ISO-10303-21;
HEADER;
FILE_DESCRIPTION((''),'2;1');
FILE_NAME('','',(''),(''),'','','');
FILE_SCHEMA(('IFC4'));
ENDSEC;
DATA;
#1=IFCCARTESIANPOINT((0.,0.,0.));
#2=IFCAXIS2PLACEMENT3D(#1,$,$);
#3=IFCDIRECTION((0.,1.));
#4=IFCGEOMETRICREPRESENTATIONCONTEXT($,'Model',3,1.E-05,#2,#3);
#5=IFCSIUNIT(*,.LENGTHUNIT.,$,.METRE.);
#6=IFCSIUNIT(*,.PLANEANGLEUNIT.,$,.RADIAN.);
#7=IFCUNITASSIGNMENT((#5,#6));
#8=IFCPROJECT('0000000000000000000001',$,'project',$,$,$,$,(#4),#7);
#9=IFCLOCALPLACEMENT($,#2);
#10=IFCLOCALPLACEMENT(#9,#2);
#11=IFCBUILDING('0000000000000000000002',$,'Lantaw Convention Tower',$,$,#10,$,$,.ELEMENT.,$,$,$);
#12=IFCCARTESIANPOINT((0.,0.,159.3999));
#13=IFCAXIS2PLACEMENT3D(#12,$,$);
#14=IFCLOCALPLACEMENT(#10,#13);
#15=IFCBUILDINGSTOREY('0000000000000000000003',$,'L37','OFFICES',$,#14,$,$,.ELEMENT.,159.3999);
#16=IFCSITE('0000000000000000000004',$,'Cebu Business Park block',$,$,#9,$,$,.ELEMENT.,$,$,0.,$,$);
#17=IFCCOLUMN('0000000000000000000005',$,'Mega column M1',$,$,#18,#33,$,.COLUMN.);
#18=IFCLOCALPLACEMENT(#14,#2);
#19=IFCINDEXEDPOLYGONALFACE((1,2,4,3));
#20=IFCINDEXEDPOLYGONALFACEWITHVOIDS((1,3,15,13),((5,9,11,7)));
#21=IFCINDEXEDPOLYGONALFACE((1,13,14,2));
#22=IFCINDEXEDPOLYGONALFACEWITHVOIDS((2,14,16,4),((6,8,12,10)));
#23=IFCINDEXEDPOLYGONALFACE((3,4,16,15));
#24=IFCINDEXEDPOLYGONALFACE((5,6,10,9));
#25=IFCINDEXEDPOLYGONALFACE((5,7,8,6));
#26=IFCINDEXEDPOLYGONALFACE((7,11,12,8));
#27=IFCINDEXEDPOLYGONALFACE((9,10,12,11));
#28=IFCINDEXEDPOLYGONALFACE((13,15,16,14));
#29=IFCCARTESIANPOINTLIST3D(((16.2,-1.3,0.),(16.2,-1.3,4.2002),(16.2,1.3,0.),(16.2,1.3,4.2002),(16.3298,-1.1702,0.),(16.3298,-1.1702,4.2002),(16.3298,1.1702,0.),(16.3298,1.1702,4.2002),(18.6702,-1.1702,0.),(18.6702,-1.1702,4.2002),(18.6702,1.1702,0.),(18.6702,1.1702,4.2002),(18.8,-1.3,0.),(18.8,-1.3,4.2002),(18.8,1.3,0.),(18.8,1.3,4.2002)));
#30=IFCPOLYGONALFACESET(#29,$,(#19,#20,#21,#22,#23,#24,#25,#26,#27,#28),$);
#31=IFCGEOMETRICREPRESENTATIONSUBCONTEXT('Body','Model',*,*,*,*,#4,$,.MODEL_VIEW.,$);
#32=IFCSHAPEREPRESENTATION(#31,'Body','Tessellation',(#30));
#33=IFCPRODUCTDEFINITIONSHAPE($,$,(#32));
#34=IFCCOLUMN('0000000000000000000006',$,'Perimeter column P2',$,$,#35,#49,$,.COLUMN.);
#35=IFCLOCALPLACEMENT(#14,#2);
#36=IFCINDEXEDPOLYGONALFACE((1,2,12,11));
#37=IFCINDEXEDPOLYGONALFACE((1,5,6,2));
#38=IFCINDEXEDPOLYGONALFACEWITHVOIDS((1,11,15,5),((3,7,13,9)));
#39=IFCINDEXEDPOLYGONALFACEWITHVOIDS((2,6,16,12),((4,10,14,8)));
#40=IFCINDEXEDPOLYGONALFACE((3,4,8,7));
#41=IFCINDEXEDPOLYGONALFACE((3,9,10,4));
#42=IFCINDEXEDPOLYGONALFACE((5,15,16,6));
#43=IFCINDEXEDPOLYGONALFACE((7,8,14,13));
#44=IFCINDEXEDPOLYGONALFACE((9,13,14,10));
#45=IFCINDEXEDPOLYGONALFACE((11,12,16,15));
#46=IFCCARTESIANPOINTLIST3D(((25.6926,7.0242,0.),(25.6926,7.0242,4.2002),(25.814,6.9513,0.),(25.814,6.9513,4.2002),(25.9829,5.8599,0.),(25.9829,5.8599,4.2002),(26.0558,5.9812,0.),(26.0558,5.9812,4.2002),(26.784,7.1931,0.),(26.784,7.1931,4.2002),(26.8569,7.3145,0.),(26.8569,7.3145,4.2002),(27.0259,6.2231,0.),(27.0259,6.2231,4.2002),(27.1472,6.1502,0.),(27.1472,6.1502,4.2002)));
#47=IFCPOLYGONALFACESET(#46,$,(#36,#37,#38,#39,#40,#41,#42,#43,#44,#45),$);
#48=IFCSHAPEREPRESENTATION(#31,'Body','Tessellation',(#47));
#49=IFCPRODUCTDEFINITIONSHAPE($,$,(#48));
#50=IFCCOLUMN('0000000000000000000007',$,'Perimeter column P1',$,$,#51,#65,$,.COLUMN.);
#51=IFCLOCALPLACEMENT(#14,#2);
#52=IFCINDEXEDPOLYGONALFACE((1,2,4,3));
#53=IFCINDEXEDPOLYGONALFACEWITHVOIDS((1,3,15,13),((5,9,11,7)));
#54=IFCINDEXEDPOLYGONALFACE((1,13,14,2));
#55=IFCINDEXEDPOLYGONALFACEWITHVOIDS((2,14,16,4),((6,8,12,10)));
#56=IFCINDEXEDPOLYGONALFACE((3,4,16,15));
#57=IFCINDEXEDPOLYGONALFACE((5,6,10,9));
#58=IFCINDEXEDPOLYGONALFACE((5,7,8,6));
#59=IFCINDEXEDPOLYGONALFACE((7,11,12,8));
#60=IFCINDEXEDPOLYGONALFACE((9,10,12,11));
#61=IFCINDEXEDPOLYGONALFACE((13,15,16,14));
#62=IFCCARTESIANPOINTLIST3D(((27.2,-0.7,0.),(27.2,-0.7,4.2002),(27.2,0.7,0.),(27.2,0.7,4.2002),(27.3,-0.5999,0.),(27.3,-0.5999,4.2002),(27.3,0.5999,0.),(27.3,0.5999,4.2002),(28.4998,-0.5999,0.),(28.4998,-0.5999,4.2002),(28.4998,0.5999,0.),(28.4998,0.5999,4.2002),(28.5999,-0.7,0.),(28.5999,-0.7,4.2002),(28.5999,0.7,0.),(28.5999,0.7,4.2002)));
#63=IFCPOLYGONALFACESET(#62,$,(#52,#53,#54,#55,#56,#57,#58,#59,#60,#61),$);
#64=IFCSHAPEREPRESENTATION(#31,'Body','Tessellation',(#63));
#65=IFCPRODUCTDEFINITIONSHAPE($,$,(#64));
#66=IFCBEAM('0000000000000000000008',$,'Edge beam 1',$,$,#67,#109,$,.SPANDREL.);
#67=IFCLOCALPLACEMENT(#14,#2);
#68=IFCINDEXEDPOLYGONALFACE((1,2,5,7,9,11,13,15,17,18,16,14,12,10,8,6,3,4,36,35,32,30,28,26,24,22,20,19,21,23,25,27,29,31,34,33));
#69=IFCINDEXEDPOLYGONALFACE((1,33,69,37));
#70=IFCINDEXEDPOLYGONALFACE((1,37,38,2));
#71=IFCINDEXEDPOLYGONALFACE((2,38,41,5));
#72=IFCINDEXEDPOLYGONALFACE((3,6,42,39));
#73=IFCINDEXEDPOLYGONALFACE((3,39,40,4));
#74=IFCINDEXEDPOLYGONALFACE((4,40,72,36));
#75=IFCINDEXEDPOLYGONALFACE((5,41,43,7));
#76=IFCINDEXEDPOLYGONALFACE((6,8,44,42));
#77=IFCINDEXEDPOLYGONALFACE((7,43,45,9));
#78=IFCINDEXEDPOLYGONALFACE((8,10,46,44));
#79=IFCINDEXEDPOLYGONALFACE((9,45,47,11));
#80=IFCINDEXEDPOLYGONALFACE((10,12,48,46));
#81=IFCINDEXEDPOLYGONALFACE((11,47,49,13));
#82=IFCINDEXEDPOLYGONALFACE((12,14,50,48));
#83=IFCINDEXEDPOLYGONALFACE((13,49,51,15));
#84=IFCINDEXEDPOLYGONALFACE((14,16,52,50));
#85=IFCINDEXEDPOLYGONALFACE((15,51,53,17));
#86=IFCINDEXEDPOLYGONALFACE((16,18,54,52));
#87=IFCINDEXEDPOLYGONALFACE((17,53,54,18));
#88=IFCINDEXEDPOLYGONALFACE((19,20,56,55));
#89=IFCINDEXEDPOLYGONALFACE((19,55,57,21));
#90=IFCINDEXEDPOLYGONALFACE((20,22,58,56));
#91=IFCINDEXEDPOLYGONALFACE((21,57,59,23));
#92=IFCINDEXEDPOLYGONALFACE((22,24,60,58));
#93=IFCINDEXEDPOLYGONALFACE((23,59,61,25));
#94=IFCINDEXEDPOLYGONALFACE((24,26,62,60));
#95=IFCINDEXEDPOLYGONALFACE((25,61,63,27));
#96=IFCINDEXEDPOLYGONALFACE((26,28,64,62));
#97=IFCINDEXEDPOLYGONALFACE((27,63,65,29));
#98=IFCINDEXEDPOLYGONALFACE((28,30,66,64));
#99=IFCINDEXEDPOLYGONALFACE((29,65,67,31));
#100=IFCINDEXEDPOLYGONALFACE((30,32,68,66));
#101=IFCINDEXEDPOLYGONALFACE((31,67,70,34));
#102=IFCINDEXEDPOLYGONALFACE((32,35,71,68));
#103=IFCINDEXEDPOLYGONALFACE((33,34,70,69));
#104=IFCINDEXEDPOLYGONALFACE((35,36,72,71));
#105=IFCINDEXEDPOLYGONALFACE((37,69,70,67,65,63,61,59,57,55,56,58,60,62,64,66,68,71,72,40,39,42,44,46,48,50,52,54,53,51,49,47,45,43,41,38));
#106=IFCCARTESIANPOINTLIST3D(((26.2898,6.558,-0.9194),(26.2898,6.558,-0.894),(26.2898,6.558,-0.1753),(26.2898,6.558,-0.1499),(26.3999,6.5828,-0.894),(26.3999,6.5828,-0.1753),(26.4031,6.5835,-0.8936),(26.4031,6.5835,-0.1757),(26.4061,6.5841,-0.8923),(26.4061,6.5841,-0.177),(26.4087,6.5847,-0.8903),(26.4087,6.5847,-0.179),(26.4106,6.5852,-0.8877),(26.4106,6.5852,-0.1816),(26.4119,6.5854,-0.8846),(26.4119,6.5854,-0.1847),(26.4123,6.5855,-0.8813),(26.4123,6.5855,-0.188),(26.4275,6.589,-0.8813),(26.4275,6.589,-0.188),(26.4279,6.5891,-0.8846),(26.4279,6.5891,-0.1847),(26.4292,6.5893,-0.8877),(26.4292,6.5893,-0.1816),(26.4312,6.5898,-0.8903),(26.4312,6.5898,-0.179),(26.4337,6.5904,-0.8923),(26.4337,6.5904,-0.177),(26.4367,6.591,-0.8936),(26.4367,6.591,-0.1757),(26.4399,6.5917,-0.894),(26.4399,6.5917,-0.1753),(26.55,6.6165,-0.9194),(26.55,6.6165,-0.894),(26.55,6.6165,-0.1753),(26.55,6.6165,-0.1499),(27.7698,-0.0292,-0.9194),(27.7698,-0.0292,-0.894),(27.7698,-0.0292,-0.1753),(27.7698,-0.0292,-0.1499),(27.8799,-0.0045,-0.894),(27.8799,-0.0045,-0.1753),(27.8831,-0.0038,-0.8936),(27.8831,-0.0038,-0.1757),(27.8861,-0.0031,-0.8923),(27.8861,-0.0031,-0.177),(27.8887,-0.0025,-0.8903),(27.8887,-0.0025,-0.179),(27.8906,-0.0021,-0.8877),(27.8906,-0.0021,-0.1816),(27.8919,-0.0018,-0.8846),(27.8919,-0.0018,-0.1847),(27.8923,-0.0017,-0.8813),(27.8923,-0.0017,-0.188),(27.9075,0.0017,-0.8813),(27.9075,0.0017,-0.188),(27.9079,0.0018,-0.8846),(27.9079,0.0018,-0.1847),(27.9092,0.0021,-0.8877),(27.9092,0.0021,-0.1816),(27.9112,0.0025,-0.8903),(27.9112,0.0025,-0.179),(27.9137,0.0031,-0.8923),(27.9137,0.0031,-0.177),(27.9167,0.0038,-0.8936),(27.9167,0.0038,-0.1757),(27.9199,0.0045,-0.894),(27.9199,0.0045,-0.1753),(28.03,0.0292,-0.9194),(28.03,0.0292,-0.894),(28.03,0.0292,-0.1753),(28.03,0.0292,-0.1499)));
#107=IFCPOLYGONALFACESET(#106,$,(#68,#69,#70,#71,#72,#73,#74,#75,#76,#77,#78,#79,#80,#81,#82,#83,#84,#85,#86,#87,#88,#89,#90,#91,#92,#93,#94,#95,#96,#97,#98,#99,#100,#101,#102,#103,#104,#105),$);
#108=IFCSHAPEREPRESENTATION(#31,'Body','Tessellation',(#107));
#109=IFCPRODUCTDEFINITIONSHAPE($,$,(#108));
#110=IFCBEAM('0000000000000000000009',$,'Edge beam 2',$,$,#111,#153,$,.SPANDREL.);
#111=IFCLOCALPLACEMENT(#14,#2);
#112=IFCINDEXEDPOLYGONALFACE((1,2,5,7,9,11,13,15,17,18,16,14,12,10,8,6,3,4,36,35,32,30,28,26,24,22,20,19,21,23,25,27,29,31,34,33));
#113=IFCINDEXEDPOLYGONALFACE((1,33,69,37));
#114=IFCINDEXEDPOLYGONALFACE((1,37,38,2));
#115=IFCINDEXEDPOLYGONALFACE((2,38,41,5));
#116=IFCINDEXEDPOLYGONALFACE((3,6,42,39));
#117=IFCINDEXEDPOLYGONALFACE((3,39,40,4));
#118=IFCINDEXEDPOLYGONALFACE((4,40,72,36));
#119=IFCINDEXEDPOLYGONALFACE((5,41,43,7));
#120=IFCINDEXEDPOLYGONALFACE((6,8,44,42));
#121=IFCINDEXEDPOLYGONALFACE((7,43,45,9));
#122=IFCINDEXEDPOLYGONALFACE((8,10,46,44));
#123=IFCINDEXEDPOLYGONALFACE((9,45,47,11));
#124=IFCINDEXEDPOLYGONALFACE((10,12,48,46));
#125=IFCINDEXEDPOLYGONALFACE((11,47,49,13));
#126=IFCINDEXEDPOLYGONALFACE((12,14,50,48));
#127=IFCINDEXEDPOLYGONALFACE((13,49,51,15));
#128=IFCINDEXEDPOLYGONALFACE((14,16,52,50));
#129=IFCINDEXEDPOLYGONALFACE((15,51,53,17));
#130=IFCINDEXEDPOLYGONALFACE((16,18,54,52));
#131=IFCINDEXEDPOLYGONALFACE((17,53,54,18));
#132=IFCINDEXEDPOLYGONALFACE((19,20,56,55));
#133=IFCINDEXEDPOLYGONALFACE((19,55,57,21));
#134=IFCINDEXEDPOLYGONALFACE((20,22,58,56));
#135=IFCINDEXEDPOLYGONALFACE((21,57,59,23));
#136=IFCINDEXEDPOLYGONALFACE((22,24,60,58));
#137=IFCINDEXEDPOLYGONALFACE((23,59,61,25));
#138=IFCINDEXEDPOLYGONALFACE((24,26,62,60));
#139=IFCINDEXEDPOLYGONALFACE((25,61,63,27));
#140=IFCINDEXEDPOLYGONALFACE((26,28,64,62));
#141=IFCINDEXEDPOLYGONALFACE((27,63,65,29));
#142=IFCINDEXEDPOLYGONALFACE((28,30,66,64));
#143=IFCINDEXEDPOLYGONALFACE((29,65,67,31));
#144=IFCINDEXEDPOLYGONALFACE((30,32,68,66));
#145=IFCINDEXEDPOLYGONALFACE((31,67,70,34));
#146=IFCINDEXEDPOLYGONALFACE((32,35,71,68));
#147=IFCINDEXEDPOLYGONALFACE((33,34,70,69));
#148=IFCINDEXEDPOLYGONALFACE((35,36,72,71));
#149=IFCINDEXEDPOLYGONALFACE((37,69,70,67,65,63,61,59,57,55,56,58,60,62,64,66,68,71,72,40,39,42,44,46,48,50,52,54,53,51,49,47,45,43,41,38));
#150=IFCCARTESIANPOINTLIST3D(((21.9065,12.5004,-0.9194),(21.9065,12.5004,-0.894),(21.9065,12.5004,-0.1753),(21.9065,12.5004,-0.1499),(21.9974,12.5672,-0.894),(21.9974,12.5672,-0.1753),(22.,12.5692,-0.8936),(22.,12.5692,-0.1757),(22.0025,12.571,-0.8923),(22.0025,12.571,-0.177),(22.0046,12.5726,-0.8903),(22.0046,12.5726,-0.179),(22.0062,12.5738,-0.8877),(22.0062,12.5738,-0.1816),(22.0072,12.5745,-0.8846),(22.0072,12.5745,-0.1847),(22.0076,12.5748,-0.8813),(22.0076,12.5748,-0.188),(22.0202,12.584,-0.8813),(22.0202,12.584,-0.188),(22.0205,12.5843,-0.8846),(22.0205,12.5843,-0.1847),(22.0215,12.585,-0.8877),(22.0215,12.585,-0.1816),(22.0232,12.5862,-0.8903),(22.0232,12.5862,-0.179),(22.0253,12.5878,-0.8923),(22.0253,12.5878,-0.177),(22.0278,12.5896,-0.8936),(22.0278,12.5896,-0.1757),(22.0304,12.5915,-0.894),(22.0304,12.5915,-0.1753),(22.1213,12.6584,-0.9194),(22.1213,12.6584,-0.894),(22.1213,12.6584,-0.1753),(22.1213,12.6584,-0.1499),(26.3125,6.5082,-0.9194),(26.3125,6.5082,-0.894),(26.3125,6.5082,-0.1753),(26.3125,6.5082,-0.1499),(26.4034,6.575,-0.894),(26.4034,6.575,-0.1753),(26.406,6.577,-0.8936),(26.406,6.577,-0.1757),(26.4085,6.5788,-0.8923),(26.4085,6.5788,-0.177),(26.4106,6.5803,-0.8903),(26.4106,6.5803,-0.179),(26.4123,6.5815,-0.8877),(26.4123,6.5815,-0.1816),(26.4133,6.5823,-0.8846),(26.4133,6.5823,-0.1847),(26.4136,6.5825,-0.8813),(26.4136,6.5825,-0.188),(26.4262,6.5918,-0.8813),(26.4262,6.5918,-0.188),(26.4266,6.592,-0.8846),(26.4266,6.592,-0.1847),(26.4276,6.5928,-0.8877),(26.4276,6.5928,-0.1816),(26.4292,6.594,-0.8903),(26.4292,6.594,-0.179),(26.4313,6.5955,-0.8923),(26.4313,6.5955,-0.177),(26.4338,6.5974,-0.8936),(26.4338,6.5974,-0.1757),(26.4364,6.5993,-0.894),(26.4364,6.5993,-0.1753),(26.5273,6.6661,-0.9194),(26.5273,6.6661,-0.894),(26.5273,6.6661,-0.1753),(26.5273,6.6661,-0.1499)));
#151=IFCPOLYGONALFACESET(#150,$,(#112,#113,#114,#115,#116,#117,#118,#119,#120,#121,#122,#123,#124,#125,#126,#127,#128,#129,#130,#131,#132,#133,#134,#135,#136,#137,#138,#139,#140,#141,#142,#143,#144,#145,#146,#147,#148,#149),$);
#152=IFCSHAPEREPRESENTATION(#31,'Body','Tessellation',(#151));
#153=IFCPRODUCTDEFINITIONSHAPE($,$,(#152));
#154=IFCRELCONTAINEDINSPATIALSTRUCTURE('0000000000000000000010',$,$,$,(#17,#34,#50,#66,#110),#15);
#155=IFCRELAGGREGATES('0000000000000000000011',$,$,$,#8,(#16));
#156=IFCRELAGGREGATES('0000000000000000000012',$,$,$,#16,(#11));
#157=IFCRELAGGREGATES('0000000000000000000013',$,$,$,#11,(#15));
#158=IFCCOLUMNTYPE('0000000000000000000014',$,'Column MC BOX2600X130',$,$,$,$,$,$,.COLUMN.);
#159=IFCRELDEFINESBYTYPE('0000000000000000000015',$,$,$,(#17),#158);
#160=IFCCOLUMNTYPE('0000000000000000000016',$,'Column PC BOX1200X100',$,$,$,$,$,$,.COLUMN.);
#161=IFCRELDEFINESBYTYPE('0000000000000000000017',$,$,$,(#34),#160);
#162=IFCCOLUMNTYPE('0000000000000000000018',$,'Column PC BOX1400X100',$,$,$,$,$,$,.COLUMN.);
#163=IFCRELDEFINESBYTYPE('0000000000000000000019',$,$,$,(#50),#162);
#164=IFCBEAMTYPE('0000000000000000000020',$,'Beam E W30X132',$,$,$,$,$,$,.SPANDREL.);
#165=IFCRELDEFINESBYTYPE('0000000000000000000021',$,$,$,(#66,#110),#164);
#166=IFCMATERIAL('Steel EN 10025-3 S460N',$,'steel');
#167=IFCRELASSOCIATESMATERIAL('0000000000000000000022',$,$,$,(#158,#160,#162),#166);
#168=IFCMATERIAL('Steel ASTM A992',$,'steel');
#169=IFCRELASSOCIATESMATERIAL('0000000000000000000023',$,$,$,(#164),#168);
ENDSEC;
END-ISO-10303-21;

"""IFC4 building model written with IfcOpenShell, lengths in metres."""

from ifc_helpers import new_model, si_unit, direction, frame, origin, origin_2d, place, context, subcontext, project, spatial, rectangle, hollow_rectangle, i_section, extrude, material, material_profile, profile_set, type_object, element, save


model = new_model("IFC4")

# Units and contexts
model_context = context("Model", 3, precision=1e-05, world=origin(), true_north=direction((0.0, 1.0)))
body_context = subcontext(model_context, "Body", "Model", "MODEL_VIEW")
ifc_project = project(units=[si_unit("LENGTHUNIT", "METRE"), si_unit("PLANEANGLEUNIT", "RADIAN")], contexts=[model_context])

# Site, building, storey
site_placement = place(None, origin())
site = spatial("IfcSite", under=ifc_project, at=site_placement, Name="Cebu Business Park block", CompositionType="ELEMENT", RefElevation=0.0)
building_placement = place(site_placement, origin())
building = spatial("IfcBuilding", under=site, at=building_placement, Name="Lantaw Convention Tower", CompositionType="ELEMENT")
storey_placement = place(building_placement, frame((0.0, 0.0, 159.3999)))
storey = spatial("IfcBuildingStorey", under=building, at=storey_placement, Name="L37", Description="OFFICES", CompositionType="ELEMENT", Elevation=159.3999)

# Columns
ifc_material_1 = material(Name="Steel EN 10025-3 S460N", Category="steel")
ifc_material_profile_1 = material_profile(ifc_material_1, hollow_rectangle(XDim=2.6001, YDim=2.6001, WallThickness=0.1299, at=origin_2d()), Name="BOX2600X130")
ifc_material_2 = material(Name="Concrete C60/75", Category="concrete")
ifc_material_profile_2 = material_profile(ifc_material_2, rectangle(XDim=2.3401, YDim=2.3401, at=origin_2d()), Name="Concrete fill of BOX2600X130")
ifc_profile_set_1 = profile_set([ifc_material_profile_1, ifc_material_profile_2], Name="Steel EN 10025-3 S460N")
column_type_1 = type_object("IfcColumnType", Name="Column MC BOX2600X130", PredefinedType="COLUMN", material=ifc_profile_set_1)
column_1_placement = place(storey_placement, frame((17.5, 0.0, 0.0), z_axis=(0.0, 0.0, 1.0), x_axis=(1.0, 0.0, 0.0)))
element("IfcColumn", 1, at=column_1_placement, inside=storey, type_object=column_type_1, Name="Mega column M1", PredefinedType="COLUMN", context=body_context, shape_type="SweptSolid", body=[
    extrude(hollow_rectangle(XDim=2.6001, YDim=2.6001, WallThickness=0.1299, at=origin_2d()), origin(), (0.0, 0.0, 1.0), 4.2002),
])
ifc_material_profile_3 = material_profile(ifc_material_1, hollow_rectangle(XDim=1.2, YDim=1.2, WallThickness=0.1001, at=origin_2d()), Name="BOX1200X100")
ifc_material_profile_4 = material_profile(ifc_material_2, rectangle(XDim=1.0, YDim=1.0, at=origin_2d()), Name="Concrete fill of BOX1200X100")
ifc_profile_set_2 = profile_set([ifc_material_profile_3, ifc_material_profile_4], Name="Steel EN 10025-3 S460N")
column_type_2 = type_object("IfcColumnType", Name="Column PC BOX1200X100", PredefinedType="COLUMN", material=ifc_profile_set_2)
column_2_placement = place(storey_placement, frame((26.4199, 6.5872, 0.0), z_axis=(0.0, 0.0, 1.0), x_axis=(0.970296, 0.241922, 0.0)))
element("IfcColumn", 2, at=column_2_placement, inside=storey, type_object=column_type_2, Name="Perimeter column P2", PredefinedType="COLUMN", context=body_context, shape_type="SweptSolid", body=[
    extrude(hollow_rectangle(XDim=1.2, YDim=1.2, WallThickness=0.1001, at=origin_2d()), origin(), (0.0, 0.0, 1.0), 4.2002),
])
ifc_material_profile_5 = material_profile(ifc_material_1, hollow_rectangle(XDim=1.3999, YDim=1.3999, WallThickness=0.1001, at=origin_2d()), Name="BOX1400X100")
ifc_material_profile_6 = material_profile(ifc_material_2, rectangle(XDim=1.2, YDim=1.2, at=origin_2d()), Name="Concrete fill of BOX1400X100")
ifc_profile_set_3 = profile_set([ifc_material_profile_5, ifc_material_profile_6], Name="Steel EN 10025-3 S460N")
column_type_3 = type_object("IfcColumnType", Name="Column PC BOX1400X100", PredefinedType="COLUMN", material=ifc_profile_set_3)
column_3_placement = place(storey_placement, frame((27.8999, 0.0, 0.0), z_axis=(0.0, 0.0, 1.0), x_axis=(1.0, 0.0, 0.0)))
element("IfcColumn", 3, at=column_3_placement, inside=storey, type_object=column_type_3, Name="Perimeter column P1", PredefinedType="COLUMN", context=body_context, shape_type="SweptSolid", body=[
    extrude(hollow_rectangle(XDim=1.3999, YDim=1.3999, WallThickness=0.1001, at=origin_2d()), origin(), (0.0, 0.0, 1.0), 4.2002),
])

# Beams
ifc_material_3 = material(Name="Steel ASTM A992", Category="steel")
ifc_material_profile_7 = material_profile(ifc_material_3, i_section(OverallWidth=0.2666, OverallDepth=0.7695, WebThickness=0.0156, FlangeThickness=0.0254, FilletRadius=0.0127, at=origin_2d()), Name="W30X132")
ifc_profile_set_4 = profile_set([ifc_material_profile_7], Name="Steel ASTM A992")
beam_type_1 = type_object("IfcBeamType", Name="Beam E W30X132", PredefinedType="SPANDREL", material=ifc_profile_set_4)
beam_1_placement = place(storey_placement, frame((27.8999, 0.0, -0.5347), z_axis=(-0.219212, 0.975677, 0.0), x_axis=(-0.975677, -0.219212, 0.0)))
element("IfcBeam", 4, at=beam_1_placement, inside=storey, type_object=beam_type_1, Name="Edge beam 1", PredefinedType="SPANDREL", context=body_context, shape_type="SweptSolid", body=[
    extrude(i_section(OverallWidth=0.2666, OverallDepth=0.7695, WebThickness=0.0156, FlangeThickness=0.0254, FilletRadius=0.0127, at=origin_2d()), origin(), (0.0, 0.0, 1.0), 6.7515),
])
beam_2_placement = place(storey_placement, frame((26.4199, 6.5872, -0.5347), z_axis=(-0.592389, 0.805652, 0.0), x_axis=(-0.805652, -0.592389, 0.0)))
element("IfcBeam", 5, at=beam_2_placement, inside=storey, type_object=beam_type_1, Name="Edge beam 2", PredefinedType="SPANDREL", context=body_context, shape_type="SweptSolid", body=[
    extrude(i_section(OverallWidth=0.2666, OverallDepth=0.7695, WebThickness=0.0156, FlangeThickness=0.0254, FilletRadius=0.0127, at=origin_2d()), origin(), (0.0, 0.0, 1.0), 7.4377),
])

save(model, "model.ifc")
